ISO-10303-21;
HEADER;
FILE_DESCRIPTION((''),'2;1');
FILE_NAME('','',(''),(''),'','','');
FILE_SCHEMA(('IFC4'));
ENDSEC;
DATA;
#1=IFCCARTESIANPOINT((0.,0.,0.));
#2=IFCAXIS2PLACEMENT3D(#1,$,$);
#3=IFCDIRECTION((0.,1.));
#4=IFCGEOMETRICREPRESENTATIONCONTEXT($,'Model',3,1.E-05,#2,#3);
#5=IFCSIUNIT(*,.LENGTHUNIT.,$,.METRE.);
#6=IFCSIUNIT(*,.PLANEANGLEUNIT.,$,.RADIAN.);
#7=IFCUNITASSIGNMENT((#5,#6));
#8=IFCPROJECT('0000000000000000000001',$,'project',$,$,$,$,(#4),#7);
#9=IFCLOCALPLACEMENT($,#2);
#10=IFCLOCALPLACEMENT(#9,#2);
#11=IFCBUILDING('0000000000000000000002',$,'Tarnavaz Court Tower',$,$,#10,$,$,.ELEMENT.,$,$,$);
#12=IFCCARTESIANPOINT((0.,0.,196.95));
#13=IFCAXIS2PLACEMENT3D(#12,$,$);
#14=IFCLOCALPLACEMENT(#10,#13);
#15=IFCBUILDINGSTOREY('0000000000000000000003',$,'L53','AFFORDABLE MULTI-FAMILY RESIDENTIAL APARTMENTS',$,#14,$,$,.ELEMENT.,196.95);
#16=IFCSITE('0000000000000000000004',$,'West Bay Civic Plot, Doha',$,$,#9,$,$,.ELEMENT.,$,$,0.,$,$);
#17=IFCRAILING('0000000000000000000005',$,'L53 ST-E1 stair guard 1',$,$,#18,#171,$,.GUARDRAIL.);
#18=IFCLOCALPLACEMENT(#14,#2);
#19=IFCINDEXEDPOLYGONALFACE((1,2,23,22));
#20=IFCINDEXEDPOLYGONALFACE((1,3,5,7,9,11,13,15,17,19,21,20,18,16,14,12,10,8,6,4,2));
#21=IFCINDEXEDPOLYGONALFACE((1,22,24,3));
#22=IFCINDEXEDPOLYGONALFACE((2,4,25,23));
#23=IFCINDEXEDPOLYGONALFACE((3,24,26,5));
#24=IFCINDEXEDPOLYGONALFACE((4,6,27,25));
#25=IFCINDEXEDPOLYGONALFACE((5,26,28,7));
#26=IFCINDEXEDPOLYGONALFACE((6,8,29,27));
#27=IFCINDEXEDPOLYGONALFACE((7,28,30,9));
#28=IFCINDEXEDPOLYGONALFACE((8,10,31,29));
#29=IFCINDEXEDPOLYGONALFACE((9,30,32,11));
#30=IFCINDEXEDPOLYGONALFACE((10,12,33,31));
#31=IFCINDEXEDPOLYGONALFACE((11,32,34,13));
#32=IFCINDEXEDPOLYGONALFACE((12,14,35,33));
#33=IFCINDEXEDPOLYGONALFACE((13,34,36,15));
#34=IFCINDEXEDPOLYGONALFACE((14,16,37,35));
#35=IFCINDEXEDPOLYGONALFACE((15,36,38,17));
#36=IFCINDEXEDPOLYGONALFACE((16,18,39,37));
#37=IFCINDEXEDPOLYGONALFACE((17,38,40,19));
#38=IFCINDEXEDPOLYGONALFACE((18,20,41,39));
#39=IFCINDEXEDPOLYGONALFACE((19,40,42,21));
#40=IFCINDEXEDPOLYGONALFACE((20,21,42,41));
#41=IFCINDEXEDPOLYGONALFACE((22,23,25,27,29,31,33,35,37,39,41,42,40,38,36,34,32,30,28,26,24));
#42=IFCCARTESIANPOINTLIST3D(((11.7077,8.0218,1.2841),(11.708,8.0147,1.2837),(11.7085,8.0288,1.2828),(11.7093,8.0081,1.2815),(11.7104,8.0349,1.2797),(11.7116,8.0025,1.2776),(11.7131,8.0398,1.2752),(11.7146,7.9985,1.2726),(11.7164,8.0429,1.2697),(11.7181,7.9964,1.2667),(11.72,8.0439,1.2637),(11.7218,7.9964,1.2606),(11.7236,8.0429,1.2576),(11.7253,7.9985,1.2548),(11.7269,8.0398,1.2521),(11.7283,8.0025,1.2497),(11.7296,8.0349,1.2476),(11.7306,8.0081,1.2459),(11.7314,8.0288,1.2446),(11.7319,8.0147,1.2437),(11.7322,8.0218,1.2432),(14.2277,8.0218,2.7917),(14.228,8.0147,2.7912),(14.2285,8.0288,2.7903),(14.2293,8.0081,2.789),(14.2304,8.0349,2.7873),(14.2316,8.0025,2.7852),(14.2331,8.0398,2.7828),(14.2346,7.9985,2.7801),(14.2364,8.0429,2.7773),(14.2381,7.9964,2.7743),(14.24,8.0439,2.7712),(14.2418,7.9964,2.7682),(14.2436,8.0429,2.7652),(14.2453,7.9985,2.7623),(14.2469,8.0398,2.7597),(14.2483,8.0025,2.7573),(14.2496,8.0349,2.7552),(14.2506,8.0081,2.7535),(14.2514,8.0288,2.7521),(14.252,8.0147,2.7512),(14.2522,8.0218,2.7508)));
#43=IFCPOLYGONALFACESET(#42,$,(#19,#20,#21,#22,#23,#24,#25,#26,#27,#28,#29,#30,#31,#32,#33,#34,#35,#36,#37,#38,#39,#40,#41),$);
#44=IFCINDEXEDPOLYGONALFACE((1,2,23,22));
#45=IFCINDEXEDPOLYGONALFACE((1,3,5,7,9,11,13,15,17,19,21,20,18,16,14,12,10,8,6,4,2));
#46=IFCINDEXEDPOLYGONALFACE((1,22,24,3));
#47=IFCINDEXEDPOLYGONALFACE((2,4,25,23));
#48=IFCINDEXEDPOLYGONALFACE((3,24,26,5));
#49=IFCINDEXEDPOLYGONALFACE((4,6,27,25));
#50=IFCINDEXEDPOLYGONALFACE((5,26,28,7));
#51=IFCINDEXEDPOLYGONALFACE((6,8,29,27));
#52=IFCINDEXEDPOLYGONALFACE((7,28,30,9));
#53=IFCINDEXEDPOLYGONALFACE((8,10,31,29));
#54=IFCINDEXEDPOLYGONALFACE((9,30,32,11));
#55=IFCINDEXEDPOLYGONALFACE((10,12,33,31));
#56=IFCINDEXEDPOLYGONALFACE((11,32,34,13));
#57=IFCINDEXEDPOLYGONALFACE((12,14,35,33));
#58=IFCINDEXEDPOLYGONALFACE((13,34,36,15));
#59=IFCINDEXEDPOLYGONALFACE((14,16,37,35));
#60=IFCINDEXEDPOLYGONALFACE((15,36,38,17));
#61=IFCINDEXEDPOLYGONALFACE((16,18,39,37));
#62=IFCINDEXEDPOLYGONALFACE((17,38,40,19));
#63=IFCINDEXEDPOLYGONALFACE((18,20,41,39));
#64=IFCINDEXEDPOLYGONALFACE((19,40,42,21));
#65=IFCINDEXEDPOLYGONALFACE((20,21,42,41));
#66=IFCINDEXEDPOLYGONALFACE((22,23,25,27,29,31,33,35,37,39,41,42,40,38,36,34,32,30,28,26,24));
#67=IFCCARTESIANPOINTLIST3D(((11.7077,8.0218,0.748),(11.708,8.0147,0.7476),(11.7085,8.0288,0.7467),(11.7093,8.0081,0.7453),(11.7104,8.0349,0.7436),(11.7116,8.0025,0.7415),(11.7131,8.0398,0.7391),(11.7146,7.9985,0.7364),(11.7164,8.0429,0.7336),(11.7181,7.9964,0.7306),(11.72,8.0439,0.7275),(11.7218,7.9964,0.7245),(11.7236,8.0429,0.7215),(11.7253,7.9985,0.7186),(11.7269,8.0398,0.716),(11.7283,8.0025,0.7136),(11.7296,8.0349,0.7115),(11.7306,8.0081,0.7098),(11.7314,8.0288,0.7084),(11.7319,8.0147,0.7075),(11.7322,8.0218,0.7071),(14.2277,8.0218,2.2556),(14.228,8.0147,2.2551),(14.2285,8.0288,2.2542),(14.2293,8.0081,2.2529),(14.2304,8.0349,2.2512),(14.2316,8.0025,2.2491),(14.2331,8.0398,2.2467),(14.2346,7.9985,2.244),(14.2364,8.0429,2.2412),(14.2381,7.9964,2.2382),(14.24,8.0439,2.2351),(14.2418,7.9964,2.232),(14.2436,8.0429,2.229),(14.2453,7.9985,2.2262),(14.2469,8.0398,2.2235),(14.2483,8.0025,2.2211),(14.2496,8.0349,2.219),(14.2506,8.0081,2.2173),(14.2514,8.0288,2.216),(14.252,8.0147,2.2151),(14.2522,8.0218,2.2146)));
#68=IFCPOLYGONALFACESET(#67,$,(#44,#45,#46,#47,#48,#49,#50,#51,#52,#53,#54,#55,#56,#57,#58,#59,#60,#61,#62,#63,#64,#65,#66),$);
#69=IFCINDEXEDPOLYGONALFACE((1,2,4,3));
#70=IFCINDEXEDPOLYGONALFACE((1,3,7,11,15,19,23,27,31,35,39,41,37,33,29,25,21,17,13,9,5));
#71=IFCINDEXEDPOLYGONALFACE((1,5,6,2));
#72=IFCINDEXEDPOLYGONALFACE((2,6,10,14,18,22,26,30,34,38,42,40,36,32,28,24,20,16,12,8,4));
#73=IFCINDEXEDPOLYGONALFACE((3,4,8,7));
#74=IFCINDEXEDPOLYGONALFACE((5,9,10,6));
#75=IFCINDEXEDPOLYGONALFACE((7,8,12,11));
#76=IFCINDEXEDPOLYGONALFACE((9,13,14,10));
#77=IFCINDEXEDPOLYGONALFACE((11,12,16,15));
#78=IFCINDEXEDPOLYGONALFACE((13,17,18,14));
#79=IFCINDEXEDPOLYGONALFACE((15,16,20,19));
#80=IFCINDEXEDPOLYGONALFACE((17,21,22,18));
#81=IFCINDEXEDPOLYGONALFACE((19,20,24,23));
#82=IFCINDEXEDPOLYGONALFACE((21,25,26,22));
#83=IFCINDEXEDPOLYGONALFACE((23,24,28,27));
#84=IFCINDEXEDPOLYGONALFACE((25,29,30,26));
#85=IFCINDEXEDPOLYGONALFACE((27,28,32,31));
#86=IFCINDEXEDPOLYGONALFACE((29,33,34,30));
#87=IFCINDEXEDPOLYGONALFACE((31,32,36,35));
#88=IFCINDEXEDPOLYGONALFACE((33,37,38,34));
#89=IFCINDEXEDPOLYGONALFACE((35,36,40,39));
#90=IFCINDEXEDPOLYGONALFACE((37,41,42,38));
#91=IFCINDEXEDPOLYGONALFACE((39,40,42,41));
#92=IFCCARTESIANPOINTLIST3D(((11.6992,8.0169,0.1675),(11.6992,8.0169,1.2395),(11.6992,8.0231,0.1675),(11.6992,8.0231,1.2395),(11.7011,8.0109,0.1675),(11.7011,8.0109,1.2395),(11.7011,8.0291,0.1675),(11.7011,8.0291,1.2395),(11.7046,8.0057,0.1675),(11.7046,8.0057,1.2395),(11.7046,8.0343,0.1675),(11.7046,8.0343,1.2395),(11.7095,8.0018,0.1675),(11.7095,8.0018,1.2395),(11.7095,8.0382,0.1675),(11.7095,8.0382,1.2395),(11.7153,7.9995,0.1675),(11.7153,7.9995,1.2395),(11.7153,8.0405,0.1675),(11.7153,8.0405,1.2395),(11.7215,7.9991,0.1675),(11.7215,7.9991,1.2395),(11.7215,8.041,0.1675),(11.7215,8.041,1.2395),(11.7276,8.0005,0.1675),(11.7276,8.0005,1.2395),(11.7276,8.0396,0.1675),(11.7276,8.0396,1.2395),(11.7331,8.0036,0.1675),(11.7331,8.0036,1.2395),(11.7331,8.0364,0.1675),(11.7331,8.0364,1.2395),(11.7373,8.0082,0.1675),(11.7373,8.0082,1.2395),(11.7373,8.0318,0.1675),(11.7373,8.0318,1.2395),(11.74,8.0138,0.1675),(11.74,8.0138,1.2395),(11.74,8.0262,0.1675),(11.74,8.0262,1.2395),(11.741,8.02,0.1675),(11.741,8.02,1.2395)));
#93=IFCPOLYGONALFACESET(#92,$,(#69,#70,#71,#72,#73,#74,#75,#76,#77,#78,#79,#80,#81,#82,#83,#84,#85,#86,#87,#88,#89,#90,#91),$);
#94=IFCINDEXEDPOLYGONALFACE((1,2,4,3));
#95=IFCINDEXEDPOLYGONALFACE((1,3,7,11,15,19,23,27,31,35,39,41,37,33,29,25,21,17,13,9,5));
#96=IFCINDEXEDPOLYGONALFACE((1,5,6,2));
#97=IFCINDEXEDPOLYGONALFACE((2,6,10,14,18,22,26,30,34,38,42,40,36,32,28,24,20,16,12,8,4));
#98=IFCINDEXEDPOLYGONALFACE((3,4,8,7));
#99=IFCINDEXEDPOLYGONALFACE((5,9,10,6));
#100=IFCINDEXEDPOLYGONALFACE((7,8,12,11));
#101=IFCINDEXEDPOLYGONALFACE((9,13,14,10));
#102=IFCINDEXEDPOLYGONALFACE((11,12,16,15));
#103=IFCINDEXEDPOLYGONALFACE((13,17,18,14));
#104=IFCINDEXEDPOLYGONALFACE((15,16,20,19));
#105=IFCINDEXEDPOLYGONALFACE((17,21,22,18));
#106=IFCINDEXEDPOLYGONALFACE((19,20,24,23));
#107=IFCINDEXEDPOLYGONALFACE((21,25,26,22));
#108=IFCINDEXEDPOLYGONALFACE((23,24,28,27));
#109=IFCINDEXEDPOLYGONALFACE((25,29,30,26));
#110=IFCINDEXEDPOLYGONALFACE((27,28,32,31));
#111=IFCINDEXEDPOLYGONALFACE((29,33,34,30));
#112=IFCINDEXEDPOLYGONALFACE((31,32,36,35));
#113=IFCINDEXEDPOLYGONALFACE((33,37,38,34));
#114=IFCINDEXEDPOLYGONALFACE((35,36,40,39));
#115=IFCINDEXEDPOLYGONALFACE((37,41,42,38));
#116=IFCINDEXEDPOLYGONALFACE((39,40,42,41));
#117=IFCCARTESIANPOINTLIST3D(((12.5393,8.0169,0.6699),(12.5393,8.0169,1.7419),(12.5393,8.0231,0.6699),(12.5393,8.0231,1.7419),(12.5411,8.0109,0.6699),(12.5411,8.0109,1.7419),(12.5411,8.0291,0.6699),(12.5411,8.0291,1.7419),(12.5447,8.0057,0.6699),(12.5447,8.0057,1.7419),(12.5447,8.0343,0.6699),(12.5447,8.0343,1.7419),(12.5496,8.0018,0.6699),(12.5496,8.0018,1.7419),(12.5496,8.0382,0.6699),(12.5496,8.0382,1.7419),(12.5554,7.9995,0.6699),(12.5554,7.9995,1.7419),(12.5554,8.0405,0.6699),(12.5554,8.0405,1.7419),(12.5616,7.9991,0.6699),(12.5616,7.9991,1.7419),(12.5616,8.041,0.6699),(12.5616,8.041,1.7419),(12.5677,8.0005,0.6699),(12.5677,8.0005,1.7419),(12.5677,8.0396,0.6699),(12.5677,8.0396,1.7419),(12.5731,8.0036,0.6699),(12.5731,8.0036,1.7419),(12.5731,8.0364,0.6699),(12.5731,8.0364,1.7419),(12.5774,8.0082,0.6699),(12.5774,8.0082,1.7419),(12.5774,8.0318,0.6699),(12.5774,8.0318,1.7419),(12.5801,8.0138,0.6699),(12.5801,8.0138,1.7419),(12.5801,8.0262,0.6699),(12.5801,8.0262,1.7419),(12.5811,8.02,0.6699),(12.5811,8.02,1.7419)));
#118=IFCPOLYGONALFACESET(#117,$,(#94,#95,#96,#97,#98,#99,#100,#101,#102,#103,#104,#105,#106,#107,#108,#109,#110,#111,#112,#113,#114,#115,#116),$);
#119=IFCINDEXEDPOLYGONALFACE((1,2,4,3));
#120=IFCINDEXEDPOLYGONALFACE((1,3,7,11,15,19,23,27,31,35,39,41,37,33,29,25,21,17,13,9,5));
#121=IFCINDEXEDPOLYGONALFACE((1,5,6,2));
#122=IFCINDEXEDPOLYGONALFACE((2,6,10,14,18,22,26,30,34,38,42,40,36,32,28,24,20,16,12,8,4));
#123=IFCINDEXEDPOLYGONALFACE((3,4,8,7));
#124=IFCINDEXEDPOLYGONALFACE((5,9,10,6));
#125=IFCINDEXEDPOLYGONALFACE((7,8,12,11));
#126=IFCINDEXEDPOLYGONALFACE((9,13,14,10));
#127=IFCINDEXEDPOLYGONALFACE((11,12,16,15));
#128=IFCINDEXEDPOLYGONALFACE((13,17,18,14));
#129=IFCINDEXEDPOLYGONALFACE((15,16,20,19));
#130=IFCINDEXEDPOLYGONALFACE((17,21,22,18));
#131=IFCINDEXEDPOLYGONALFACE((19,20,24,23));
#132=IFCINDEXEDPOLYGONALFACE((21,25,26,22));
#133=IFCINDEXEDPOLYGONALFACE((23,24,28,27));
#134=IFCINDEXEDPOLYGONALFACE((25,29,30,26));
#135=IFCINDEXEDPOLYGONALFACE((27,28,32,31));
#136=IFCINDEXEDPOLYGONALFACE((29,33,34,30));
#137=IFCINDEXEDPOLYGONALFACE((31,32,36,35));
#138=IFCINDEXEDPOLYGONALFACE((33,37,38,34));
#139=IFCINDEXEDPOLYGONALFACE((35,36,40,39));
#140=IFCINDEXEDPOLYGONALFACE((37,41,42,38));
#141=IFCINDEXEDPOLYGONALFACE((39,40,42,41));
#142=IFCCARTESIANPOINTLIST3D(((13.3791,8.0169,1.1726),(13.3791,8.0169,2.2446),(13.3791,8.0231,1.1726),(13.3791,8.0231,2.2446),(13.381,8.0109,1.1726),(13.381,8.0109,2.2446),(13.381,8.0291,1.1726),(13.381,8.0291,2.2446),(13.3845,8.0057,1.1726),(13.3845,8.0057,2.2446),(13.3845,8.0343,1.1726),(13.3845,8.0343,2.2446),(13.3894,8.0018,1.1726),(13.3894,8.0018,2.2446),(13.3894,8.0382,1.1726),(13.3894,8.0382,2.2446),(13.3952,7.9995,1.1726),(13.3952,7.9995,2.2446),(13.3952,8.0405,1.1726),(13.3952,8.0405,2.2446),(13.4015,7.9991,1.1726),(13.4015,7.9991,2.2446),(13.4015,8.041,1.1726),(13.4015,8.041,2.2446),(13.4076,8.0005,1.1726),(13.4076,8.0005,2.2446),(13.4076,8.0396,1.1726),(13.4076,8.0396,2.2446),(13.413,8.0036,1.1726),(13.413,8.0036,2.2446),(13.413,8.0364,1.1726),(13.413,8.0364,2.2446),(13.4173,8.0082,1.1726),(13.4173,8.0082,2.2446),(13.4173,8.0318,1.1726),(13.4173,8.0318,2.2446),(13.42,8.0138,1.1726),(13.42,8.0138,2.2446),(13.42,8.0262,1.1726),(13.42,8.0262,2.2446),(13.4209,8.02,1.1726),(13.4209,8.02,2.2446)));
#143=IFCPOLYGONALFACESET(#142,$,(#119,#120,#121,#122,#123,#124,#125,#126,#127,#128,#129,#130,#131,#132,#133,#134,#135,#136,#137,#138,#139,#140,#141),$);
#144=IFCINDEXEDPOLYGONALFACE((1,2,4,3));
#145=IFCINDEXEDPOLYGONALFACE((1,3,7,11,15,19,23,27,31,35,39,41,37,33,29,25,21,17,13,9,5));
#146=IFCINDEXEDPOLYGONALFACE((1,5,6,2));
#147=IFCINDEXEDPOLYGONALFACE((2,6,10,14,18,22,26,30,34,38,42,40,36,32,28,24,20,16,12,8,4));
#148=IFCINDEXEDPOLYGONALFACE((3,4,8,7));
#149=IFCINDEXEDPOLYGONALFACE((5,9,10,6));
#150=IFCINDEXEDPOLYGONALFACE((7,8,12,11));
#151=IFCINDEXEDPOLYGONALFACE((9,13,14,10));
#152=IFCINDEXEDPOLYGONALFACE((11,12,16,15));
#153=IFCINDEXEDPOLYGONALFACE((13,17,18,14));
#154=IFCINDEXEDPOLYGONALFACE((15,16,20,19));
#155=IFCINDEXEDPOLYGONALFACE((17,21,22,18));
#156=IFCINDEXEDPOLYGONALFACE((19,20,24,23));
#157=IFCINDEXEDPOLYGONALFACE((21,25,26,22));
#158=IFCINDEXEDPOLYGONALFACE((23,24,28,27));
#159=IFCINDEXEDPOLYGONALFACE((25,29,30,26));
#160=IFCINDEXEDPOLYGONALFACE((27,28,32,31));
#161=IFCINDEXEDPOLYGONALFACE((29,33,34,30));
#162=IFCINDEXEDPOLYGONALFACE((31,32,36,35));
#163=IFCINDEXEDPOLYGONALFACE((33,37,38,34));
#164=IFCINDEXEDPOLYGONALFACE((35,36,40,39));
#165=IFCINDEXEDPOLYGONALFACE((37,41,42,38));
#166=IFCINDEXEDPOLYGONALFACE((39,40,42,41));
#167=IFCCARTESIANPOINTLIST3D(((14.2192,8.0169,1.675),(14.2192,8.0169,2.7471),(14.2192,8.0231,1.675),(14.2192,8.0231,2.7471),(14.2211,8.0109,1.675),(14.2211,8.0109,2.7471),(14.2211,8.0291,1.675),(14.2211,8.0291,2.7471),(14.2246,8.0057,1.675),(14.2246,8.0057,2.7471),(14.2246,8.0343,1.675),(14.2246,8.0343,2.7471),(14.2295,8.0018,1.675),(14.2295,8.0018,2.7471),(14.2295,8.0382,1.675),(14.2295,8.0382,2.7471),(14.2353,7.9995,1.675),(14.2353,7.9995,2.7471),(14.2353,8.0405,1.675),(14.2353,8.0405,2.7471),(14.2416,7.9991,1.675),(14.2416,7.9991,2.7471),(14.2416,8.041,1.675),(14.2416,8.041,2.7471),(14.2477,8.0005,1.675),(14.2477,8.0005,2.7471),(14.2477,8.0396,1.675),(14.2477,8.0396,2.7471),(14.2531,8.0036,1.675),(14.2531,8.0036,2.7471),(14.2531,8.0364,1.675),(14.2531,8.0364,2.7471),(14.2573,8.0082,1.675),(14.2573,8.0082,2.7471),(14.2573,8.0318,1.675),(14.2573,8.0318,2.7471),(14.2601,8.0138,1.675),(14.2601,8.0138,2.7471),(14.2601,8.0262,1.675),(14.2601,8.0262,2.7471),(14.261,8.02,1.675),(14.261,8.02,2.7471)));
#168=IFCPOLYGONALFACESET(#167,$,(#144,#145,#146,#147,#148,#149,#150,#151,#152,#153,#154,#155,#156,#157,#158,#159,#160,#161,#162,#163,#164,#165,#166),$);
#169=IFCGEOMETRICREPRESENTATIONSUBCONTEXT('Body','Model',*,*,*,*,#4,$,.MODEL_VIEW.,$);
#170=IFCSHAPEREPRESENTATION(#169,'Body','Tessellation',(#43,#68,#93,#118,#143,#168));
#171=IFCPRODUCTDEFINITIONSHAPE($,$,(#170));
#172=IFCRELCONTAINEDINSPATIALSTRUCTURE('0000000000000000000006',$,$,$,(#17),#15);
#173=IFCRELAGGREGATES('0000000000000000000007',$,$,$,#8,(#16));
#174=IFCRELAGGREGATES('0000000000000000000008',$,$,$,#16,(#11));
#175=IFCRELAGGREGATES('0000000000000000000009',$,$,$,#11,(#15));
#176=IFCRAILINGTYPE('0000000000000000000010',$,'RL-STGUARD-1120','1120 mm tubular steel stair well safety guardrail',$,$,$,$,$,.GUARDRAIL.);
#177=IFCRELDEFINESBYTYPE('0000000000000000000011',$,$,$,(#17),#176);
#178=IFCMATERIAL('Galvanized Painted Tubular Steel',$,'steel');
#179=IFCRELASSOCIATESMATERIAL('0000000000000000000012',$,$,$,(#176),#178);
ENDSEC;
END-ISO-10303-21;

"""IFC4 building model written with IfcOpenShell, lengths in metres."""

from ifc_helpers import new_model, si_unit, direction, frame, origin, origin_2d, place, context, subcontext, project, spatial, circle, extrude, material, type_object, element, save


model = new_model("IFC4")

# Units and contexts
model_context = context("Model", 3, precision=1e-05, world=origin(), true_north=direction((0.0, 1.0)))
body_context = subcontext(model_context, "Body", "Model", "MODEL_VIEW")
ifc_project = project(units=[si_unit("LENGTHUNIT", "METRE"), si_unit("PLANEANGLEUNIT", "RADIAN")], contexts=[model_context])

# Site, building, storey
site_placement = place(None, origin())
site = spatial("IfcSite", under=ifc_project, at=site_placement, Name="West Bay Civic Plot, Doha", CompositionType="ELEMENT", RefElevation=0.0)
building_placement = place(site_placement, origin())
building = spatial("IfcBuilding", under=site, at=building_placement, Name="Tarnavaz Court Tower", CompositionType="ELEMENT")
storey_placement = place(building_placement, frame((0.0, 0.0, 196.95)))
storey = spatial("IfcBuildingStorey", under=building, at=storey_placement, Name="L53", Description="AFFORDABLE MULTI-FAMILY RESIDENTIAL APARTMENTS", CompositionType="ELEMENT", Elevation=196.95)

# Railing
ifc_material_1 = material(Name="Galvanized Painted Tubular Steel", Category="steel")
railing_type_1 = type_object("IfcRailingType", Name="RL-STGUARD-1120", Description="1120 mm tubular steel stair well safety guardrail", PredefinedType="GUARDRAIL", material=ifc_material_1)
railing_1_placement = place(storey_placement, frame((11.72, 8.02, 0.1675)))
element("IfcRailing", 1, at=railing_1_placement, inside=storey, type_object=railing_type_1, Name="L53 ST-E1 stair guard 1", PredefinedType="GUARDRAIL", context=body_context, shape_type="SweptSolid", body=[
    extrude(circle(Radius=0.0239, at=origin_2d()), frame((0.0, 0.0, 1.0962), z_axis=(0.85816, 0.0, 0.513383), x_axis=(0.0, 1.0, 0.0)), (0.0, 0.0, 1.0), 2.9365),
    extrude(circle(Radius=0.0239, at=origin_2d()), frame((0.0, 0.0, 0.5601), z_axis=(0.85816, 0.0, 0.513383), x_axis=(0.0, 1.0, 0.0)), (0.0, 0.0, 1.0), 2.9365),
    extrude(circle(Radius=0.021, at=origin_2d()), origin(), (0.0, 0.0, 1.0), 1.072),
    extrude(circle(Radius=0.021, at=origin_2d()), frame((0.8401, 0.0, 0.5024)), (0.0, 0.0, 1.0), 1.072),
    extrude(circle(Radius=0.021, at=origin_2d()), frame((1.6799, 0.0, 1.0051)), (0.0, 0.0, 1.0), 1.072),
    extrude(circle(Radius=0.021, at=origin_2d()), frame((2.52, 0.0, 1.5076)), (0.0, 0.0, 1.0), 1.072),
])

save(model, "model.ifc")
